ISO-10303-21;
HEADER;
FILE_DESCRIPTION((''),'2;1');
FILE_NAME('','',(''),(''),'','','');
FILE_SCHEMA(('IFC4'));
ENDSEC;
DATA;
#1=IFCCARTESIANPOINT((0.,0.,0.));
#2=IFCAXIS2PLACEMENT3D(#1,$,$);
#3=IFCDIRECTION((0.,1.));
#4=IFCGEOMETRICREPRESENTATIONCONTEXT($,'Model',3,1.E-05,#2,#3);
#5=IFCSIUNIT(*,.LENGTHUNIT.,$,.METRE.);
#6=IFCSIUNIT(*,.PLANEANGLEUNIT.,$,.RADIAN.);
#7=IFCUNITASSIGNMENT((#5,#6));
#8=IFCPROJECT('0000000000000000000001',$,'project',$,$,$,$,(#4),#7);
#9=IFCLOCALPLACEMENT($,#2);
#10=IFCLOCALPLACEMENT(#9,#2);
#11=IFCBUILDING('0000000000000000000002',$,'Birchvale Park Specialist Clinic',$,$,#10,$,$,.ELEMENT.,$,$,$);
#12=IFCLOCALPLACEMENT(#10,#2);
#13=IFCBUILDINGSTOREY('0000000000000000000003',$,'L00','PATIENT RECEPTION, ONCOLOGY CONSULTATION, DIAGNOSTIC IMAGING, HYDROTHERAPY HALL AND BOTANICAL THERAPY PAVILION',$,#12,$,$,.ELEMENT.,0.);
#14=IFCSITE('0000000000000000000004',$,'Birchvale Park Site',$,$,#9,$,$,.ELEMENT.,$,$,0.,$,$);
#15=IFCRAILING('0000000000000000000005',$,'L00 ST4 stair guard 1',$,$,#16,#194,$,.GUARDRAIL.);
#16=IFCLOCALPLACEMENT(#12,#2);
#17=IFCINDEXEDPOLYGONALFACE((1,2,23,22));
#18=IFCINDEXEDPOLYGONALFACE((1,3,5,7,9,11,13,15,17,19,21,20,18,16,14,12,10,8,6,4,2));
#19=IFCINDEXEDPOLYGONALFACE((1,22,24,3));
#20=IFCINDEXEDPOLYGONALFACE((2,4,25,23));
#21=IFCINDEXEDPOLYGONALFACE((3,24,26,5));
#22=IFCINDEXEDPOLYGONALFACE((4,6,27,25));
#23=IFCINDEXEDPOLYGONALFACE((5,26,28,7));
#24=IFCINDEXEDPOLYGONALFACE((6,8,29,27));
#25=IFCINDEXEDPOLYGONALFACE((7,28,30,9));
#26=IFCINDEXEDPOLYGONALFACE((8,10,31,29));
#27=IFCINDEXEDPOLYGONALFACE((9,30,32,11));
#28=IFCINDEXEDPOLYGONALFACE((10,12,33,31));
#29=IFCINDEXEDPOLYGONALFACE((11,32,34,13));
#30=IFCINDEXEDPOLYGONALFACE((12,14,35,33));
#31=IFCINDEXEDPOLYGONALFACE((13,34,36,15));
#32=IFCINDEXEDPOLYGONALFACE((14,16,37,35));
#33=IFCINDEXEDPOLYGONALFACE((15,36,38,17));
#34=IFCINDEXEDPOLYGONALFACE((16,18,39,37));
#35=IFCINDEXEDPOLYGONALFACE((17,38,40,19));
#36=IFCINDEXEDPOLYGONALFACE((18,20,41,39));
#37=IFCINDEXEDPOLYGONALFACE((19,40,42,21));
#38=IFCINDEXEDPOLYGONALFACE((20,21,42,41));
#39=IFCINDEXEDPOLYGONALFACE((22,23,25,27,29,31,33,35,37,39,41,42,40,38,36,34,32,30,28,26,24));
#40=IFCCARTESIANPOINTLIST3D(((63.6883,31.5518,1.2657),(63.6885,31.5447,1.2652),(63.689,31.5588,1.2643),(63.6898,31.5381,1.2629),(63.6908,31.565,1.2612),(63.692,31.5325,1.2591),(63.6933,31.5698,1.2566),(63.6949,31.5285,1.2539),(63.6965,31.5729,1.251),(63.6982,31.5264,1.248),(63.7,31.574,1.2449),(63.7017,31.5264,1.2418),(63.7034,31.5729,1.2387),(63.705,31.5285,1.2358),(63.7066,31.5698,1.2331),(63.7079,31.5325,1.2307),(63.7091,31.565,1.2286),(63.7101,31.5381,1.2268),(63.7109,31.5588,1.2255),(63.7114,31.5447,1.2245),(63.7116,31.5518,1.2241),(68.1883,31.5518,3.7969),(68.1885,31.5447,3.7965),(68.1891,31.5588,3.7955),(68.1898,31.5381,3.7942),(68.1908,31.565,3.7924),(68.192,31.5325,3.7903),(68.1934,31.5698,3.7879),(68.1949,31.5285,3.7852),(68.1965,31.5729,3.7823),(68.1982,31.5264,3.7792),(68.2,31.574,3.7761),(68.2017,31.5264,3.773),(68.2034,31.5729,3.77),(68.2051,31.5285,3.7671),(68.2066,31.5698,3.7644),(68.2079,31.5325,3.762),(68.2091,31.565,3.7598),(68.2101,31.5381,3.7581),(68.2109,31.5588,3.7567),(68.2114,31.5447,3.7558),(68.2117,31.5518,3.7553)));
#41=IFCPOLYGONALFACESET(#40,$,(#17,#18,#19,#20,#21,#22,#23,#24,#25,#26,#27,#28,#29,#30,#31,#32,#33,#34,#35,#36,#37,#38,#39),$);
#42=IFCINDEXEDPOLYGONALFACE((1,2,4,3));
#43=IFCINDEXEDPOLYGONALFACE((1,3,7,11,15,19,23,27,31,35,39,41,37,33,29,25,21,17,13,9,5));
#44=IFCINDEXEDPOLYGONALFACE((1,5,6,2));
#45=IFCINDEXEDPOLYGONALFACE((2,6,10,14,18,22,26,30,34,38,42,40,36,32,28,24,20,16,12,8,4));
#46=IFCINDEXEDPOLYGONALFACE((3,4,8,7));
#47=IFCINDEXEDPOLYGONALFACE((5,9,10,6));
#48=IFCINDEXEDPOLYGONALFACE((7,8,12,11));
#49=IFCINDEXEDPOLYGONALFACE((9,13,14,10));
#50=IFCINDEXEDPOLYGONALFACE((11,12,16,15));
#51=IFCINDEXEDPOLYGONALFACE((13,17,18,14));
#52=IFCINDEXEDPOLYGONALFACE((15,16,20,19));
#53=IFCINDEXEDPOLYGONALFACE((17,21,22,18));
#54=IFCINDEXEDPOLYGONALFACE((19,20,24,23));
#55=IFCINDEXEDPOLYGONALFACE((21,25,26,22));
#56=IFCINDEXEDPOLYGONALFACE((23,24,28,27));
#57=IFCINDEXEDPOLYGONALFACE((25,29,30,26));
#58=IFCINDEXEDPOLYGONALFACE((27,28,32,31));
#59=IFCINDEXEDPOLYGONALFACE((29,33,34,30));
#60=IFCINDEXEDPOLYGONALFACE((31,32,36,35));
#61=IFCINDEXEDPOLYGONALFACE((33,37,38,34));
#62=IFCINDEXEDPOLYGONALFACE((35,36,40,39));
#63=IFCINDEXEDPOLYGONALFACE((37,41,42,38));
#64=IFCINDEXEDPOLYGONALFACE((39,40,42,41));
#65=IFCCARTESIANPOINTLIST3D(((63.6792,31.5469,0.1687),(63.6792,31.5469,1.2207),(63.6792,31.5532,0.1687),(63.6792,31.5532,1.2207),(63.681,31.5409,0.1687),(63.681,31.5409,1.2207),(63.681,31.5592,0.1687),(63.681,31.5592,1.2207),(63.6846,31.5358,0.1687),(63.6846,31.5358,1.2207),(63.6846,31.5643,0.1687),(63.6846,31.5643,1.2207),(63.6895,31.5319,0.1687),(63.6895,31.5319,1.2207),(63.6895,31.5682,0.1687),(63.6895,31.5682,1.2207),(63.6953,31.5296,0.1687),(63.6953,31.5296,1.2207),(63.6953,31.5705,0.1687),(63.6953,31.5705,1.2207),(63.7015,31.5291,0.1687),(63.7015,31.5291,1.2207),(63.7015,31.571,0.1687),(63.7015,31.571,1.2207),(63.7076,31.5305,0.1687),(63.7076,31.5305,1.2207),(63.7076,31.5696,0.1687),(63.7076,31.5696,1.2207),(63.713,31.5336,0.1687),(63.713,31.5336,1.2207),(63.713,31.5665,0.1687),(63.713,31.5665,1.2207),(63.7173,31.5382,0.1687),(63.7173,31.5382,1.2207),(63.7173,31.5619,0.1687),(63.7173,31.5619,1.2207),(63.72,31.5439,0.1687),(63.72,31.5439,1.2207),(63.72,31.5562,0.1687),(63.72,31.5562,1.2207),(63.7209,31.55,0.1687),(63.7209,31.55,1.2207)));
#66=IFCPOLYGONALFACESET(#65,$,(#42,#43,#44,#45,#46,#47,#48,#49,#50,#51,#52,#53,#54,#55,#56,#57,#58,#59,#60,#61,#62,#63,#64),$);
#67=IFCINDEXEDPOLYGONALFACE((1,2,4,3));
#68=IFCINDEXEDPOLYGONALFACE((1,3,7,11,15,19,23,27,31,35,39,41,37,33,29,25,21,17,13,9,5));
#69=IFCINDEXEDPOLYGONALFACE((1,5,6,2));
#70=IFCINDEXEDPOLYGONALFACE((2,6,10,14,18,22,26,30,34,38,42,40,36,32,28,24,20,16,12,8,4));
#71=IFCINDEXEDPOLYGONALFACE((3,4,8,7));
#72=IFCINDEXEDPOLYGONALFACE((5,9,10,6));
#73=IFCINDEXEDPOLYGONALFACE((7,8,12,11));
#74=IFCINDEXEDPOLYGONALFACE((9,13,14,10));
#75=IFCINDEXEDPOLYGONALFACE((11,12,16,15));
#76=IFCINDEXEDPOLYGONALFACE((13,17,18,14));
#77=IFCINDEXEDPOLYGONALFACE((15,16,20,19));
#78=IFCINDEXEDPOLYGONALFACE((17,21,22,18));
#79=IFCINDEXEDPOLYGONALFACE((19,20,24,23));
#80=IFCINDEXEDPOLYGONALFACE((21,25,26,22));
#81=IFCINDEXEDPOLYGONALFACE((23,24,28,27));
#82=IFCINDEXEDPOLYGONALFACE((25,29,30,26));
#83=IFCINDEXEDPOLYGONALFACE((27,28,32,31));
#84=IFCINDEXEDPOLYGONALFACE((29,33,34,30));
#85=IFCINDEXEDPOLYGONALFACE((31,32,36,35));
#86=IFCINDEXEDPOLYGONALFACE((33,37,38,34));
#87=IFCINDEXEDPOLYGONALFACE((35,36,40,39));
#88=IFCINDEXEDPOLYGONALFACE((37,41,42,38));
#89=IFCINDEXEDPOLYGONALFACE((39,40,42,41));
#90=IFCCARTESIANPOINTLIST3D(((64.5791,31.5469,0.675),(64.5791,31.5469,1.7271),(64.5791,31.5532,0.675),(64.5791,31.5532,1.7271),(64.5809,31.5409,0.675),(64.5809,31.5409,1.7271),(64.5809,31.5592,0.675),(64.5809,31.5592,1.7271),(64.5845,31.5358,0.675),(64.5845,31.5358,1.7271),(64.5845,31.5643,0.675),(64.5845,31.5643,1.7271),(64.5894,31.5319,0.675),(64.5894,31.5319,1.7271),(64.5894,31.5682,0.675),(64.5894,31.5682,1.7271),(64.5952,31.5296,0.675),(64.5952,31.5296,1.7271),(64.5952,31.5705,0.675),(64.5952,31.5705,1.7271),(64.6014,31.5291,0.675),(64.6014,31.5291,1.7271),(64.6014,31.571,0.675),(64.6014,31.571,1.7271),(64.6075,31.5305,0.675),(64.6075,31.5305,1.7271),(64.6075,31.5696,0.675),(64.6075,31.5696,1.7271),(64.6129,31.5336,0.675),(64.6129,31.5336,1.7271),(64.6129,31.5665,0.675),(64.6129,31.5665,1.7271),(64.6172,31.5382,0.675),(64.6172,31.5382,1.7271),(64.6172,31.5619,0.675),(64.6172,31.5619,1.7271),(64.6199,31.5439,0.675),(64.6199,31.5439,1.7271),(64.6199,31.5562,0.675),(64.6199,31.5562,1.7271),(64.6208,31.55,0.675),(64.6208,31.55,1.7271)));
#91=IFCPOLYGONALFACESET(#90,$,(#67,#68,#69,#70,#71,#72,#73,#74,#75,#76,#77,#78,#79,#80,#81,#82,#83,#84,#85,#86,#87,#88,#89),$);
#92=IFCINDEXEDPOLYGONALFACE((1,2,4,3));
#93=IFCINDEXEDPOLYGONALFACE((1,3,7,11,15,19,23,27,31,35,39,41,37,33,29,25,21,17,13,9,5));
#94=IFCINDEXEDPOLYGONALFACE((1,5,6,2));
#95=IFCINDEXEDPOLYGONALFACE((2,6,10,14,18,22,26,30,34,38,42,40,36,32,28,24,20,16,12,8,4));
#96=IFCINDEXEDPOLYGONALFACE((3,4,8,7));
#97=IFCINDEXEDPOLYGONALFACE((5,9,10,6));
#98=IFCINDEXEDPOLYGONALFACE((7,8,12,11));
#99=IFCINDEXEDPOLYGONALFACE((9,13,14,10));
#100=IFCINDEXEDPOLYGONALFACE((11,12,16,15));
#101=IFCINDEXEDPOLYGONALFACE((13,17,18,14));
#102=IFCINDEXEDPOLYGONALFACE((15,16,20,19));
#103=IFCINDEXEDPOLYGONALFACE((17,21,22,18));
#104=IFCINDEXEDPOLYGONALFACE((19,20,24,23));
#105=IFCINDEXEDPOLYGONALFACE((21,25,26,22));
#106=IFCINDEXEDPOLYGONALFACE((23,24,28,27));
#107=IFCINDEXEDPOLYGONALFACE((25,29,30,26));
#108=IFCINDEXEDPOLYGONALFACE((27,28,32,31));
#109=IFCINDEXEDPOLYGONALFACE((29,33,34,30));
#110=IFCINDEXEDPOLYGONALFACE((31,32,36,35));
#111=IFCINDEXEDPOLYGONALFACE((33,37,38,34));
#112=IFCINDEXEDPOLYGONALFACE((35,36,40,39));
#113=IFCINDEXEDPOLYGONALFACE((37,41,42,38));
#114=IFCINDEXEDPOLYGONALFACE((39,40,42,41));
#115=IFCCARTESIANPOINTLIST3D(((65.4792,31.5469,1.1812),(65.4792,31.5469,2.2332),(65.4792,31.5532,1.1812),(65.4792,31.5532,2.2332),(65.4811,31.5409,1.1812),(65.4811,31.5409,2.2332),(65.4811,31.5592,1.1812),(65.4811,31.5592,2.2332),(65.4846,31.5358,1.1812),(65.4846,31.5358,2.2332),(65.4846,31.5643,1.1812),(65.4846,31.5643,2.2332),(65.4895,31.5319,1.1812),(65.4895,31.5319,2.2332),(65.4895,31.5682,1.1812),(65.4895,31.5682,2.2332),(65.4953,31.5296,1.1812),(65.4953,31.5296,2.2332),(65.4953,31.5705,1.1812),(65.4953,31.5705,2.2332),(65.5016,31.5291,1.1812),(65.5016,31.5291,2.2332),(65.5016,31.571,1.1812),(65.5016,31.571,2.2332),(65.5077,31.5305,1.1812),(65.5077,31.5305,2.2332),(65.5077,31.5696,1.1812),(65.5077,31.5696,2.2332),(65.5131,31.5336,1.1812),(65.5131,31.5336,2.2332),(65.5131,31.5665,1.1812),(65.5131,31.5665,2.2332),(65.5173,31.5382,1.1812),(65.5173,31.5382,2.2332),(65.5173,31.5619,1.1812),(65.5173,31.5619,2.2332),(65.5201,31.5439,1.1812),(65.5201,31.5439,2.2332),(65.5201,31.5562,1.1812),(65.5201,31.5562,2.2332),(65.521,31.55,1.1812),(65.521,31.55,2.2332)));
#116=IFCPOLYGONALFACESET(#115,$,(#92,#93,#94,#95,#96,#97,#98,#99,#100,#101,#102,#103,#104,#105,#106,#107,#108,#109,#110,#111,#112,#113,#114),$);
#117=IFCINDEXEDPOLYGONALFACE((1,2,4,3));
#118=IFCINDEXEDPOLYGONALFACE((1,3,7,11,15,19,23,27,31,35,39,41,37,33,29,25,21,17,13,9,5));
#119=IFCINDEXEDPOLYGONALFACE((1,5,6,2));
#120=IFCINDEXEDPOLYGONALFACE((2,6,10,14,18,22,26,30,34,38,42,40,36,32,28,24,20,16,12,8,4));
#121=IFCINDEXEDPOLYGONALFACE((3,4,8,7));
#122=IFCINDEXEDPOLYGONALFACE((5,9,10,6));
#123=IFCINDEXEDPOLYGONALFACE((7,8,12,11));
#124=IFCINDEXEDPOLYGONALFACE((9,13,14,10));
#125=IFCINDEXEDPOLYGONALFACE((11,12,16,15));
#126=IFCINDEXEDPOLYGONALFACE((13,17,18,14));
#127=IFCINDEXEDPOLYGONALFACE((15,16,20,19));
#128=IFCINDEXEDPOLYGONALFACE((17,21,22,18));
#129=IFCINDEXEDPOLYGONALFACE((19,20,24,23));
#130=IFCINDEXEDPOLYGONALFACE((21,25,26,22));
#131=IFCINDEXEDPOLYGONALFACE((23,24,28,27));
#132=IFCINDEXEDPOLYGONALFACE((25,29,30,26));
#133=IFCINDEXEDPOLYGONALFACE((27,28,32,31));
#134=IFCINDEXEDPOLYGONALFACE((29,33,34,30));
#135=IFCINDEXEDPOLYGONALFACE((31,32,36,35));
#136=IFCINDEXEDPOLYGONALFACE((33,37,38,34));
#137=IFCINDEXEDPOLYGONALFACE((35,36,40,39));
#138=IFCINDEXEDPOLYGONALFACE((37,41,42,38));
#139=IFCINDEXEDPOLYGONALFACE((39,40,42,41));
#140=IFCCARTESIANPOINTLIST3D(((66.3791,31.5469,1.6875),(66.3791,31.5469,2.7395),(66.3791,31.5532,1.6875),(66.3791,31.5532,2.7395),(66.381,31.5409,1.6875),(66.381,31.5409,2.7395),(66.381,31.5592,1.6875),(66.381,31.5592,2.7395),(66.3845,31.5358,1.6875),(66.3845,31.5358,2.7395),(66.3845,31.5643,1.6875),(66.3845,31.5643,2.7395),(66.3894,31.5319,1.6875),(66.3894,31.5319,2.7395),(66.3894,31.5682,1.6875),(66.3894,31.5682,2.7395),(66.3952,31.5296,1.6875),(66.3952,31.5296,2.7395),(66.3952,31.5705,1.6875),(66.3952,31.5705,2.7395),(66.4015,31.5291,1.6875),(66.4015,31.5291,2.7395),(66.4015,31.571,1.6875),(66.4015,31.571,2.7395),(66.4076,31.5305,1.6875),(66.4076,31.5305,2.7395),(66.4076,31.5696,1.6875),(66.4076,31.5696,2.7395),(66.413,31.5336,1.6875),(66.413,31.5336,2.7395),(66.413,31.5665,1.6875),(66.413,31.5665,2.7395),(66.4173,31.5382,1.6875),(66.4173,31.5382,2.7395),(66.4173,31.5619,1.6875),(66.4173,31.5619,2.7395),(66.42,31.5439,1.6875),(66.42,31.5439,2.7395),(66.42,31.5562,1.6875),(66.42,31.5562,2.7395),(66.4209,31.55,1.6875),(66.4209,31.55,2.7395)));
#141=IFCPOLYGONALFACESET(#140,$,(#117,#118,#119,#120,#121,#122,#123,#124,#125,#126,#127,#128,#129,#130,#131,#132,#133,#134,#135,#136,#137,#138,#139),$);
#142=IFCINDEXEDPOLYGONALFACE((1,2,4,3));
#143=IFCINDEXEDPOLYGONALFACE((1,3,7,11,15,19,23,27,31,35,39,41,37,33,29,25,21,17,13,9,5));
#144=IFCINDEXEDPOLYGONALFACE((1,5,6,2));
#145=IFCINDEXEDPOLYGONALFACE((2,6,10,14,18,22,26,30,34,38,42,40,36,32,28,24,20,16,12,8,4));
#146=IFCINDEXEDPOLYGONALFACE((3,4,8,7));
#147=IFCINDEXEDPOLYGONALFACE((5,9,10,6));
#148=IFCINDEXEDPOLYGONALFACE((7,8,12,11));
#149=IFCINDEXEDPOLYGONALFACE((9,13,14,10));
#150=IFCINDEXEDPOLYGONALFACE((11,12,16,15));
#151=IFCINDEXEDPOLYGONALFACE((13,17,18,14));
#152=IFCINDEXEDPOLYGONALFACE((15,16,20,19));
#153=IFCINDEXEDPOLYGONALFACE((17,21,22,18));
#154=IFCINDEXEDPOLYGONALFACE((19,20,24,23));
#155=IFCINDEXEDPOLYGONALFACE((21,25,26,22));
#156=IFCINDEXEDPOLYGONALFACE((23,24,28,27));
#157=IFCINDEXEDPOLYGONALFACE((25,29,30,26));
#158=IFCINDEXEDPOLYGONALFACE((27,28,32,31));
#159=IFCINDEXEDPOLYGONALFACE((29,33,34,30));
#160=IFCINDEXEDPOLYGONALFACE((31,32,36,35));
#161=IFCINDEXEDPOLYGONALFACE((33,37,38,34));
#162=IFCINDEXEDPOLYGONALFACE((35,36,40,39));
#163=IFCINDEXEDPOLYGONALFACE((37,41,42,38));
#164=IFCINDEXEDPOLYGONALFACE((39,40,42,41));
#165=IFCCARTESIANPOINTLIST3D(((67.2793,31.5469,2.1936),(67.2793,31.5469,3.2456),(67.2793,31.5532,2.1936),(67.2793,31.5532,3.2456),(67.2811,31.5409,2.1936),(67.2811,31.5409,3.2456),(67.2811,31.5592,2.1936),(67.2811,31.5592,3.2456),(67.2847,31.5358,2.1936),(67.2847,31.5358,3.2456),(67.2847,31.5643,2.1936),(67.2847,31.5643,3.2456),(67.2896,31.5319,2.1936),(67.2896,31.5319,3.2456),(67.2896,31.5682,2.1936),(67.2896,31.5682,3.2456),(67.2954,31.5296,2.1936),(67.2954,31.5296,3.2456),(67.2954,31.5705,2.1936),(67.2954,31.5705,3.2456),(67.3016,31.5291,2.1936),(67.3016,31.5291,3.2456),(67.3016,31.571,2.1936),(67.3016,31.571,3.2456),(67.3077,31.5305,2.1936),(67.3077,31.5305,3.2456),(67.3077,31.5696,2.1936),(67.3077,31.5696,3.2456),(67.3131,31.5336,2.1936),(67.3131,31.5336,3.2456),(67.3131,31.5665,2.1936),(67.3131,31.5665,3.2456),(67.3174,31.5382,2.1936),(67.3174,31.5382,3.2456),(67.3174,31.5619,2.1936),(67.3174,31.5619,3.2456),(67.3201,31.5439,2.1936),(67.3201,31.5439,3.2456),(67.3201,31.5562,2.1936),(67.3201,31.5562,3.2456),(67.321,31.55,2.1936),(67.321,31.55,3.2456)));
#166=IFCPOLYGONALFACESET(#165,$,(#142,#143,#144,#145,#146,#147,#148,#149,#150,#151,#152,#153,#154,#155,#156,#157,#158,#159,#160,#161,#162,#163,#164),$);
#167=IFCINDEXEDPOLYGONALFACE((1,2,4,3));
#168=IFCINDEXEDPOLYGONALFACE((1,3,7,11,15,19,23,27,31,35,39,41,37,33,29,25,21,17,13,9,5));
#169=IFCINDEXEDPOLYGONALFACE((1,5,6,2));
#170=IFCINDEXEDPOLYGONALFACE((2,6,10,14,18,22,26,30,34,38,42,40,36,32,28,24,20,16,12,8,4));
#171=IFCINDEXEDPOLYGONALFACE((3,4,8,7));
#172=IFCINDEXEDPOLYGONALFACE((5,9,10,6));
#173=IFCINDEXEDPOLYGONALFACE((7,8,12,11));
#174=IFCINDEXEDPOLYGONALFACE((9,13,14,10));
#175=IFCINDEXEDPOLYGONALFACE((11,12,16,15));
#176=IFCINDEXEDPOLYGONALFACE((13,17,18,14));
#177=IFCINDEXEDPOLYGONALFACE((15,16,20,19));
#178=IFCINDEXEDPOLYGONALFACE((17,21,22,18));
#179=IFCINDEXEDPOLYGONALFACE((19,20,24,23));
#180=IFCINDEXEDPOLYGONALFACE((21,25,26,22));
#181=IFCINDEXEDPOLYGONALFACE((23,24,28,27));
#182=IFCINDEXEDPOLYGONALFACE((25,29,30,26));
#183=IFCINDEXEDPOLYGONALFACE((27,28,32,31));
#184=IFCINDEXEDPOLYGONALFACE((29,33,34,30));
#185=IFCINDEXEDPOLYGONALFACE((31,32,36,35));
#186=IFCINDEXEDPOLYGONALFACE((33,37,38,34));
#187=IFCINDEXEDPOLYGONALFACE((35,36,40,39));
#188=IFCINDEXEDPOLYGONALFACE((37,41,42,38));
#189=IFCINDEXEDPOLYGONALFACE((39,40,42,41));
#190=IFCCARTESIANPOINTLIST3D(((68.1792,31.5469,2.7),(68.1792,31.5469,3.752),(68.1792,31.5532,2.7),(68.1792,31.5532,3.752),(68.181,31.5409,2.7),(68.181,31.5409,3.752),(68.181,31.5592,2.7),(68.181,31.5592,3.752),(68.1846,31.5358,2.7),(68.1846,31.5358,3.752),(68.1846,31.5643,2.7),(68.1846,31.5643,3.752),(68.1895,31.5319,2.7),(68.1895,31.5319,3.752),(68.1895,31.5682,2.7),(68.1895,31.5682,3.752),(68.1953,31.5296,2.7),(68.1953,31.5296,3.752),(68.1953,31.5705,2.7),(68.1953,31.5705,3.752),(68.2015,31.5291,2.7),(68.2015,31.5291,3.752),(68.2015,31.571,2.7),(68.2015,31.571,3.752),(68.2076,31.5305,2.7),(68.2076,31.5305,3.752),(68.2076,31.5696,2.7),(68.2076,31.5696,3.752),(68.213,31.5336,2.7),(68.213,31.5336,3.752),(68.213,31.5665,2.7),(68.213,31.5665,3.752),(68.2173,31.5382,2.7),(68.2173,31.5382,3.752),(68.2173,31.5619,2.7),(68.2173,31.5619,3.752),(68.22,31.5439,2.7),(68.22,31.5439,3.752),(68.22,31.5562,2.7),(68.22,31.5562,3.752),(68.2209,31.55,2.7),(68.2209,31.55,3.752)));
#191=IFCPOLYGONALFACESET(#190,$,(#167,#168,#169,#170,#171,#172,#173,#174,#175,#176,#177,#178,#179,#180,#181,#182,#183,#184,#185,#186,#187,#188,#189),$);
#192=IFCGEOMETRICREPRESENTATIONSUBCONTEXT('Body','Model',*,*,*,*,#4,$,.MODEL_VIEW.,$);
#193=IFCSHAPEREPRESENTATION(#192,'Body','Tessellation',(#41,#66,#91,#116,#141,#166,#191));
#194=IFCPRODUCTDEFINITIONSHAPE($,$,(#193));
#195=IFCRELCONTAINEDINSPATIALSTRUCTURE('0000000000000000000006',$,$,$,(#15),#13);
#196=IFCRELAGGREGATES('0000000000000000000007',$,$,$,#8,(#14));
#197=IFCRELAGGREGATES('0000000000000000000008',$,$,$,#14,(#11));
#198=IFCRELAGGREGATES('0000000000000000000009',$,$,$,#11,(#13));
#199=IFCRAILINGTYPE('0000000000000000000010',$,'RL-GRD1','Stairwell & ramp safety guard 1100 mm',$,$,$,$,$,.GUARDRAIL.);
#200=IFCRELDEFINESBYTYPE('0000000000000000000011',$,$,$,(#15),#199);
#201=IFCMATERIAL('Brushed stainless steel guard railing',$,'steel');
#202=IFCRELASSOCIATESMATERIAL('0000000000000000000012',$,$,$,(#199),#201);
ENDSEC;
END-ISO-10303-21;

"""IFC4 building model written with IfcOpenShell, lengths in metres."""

from ifc_helpers import new_model, si_unit, direction, frame, origin, origin_2d, place, context, subcontext, project, spatial, circle, extrude, material, type_object, element, save


model = new_model("IFC4")

# Units and contexts
model_context = context("Model", 3, precision=1e-05, world=origin(), true_north=direction((0.0, 1.0)))
body_context = subcontext(model_context, "Body", "Model", "MODEL_VIEW")
ifc_project = project(units=[si_unit("LENGTHUNIT", "METRE"), si_unit("PLANEANGLEUNIT", "RADIAN")], contexts=[model_context])

# Site, building, storey
site_placement = place(None, origin())
site = spatial("IfcSite", under=ifc_project, at=site_placement, Name="Birchvale Park Site", CompositionType="ELEMENT", RefElevation=0.0)
building_placement = place(site_placement, origin())
building = spatial("IfcBuilding", under=site, at=building_placement, Name="Birchvale Park Specialist Clinic", CompositionType="ELEMENT")
storey_placement = place(building_placement, origin())
storey = spatial("IfcBuildingStorey", under=building, at=storey_placement, Name="L00", Description="PATIENT RECEPTION, ONCOLOGY CONSULTATION, DIAGNOSTIC IMAGING, HYDROTHERAPY HALL AND BOTANICAL THERAPY PAVILION", CompositionType="ELEMENT", Elevation=0.0)

# Railing
ifc_material_1 = material(Name="Brushed stainless steel guard railing", Category="steel")
railing_type_1 = type_object("IfcRailingType", Name="RL-GRD1", Description="Stairwell & ramp safety guard 1100 mm", PredefinedType="GUARDRAIL", material=ifc_material_1)
railing_1_placement = place(storey_placement, frame((63.7, 31.55, 0.1687)))
element("IfcRailing", 1, at=railing_1_placement, inside=storey, type_object=railing_type_1, Name="L00 ST4 stair guard 1", PredefinedType="GUARDRAIL", context=body_context, shape_type="SweptSolid", body=[
    extrude(circle(Radius=0.0239, at=origin_2d()), frame((0.0, 0.0, 1.0762), z_axis=(0.871576, 0.0, 0.490261), x_axis=(0.0, 1.0, 0.0)), (0.0, 0.0, 1.0), 5.1631),
    extrude(circle(Radius=0.021, at=origin_2d()), origin(), (0.0, 0.0, 1.0), 1.052),
    extrude(circle(Radius=0.021, at=origin_2d()), frame((0.8999, 0.0, 0.5063)), (0.0, 0.0, 1.0), 1.052),
    extrude(circle(Radius=0.021, at=origin_2d()), frame((1.8, 0.0, 1.0125)), (0.0, 0.0, 1.0), 1.052),
    extrude(circle(Radius=0.021, at=origin_2d()), frame((2.7, 0.0, 1.5188)), (0.0, 0.0, 1.0), 1.052),
    extrude(circle(Radius=0.021, at=origin_2d()), frame((3.6001, 0.0, 2.0249)), (0.0, 0.0, 1.0), 1.052),
    extrude(circle(Radius=0.021, at=origin_2d()), frame((4.5, 0.0, 2.5312)), (0.0, 0.0, 1.0), 1.052),
])

save(model, "model.ifc")
